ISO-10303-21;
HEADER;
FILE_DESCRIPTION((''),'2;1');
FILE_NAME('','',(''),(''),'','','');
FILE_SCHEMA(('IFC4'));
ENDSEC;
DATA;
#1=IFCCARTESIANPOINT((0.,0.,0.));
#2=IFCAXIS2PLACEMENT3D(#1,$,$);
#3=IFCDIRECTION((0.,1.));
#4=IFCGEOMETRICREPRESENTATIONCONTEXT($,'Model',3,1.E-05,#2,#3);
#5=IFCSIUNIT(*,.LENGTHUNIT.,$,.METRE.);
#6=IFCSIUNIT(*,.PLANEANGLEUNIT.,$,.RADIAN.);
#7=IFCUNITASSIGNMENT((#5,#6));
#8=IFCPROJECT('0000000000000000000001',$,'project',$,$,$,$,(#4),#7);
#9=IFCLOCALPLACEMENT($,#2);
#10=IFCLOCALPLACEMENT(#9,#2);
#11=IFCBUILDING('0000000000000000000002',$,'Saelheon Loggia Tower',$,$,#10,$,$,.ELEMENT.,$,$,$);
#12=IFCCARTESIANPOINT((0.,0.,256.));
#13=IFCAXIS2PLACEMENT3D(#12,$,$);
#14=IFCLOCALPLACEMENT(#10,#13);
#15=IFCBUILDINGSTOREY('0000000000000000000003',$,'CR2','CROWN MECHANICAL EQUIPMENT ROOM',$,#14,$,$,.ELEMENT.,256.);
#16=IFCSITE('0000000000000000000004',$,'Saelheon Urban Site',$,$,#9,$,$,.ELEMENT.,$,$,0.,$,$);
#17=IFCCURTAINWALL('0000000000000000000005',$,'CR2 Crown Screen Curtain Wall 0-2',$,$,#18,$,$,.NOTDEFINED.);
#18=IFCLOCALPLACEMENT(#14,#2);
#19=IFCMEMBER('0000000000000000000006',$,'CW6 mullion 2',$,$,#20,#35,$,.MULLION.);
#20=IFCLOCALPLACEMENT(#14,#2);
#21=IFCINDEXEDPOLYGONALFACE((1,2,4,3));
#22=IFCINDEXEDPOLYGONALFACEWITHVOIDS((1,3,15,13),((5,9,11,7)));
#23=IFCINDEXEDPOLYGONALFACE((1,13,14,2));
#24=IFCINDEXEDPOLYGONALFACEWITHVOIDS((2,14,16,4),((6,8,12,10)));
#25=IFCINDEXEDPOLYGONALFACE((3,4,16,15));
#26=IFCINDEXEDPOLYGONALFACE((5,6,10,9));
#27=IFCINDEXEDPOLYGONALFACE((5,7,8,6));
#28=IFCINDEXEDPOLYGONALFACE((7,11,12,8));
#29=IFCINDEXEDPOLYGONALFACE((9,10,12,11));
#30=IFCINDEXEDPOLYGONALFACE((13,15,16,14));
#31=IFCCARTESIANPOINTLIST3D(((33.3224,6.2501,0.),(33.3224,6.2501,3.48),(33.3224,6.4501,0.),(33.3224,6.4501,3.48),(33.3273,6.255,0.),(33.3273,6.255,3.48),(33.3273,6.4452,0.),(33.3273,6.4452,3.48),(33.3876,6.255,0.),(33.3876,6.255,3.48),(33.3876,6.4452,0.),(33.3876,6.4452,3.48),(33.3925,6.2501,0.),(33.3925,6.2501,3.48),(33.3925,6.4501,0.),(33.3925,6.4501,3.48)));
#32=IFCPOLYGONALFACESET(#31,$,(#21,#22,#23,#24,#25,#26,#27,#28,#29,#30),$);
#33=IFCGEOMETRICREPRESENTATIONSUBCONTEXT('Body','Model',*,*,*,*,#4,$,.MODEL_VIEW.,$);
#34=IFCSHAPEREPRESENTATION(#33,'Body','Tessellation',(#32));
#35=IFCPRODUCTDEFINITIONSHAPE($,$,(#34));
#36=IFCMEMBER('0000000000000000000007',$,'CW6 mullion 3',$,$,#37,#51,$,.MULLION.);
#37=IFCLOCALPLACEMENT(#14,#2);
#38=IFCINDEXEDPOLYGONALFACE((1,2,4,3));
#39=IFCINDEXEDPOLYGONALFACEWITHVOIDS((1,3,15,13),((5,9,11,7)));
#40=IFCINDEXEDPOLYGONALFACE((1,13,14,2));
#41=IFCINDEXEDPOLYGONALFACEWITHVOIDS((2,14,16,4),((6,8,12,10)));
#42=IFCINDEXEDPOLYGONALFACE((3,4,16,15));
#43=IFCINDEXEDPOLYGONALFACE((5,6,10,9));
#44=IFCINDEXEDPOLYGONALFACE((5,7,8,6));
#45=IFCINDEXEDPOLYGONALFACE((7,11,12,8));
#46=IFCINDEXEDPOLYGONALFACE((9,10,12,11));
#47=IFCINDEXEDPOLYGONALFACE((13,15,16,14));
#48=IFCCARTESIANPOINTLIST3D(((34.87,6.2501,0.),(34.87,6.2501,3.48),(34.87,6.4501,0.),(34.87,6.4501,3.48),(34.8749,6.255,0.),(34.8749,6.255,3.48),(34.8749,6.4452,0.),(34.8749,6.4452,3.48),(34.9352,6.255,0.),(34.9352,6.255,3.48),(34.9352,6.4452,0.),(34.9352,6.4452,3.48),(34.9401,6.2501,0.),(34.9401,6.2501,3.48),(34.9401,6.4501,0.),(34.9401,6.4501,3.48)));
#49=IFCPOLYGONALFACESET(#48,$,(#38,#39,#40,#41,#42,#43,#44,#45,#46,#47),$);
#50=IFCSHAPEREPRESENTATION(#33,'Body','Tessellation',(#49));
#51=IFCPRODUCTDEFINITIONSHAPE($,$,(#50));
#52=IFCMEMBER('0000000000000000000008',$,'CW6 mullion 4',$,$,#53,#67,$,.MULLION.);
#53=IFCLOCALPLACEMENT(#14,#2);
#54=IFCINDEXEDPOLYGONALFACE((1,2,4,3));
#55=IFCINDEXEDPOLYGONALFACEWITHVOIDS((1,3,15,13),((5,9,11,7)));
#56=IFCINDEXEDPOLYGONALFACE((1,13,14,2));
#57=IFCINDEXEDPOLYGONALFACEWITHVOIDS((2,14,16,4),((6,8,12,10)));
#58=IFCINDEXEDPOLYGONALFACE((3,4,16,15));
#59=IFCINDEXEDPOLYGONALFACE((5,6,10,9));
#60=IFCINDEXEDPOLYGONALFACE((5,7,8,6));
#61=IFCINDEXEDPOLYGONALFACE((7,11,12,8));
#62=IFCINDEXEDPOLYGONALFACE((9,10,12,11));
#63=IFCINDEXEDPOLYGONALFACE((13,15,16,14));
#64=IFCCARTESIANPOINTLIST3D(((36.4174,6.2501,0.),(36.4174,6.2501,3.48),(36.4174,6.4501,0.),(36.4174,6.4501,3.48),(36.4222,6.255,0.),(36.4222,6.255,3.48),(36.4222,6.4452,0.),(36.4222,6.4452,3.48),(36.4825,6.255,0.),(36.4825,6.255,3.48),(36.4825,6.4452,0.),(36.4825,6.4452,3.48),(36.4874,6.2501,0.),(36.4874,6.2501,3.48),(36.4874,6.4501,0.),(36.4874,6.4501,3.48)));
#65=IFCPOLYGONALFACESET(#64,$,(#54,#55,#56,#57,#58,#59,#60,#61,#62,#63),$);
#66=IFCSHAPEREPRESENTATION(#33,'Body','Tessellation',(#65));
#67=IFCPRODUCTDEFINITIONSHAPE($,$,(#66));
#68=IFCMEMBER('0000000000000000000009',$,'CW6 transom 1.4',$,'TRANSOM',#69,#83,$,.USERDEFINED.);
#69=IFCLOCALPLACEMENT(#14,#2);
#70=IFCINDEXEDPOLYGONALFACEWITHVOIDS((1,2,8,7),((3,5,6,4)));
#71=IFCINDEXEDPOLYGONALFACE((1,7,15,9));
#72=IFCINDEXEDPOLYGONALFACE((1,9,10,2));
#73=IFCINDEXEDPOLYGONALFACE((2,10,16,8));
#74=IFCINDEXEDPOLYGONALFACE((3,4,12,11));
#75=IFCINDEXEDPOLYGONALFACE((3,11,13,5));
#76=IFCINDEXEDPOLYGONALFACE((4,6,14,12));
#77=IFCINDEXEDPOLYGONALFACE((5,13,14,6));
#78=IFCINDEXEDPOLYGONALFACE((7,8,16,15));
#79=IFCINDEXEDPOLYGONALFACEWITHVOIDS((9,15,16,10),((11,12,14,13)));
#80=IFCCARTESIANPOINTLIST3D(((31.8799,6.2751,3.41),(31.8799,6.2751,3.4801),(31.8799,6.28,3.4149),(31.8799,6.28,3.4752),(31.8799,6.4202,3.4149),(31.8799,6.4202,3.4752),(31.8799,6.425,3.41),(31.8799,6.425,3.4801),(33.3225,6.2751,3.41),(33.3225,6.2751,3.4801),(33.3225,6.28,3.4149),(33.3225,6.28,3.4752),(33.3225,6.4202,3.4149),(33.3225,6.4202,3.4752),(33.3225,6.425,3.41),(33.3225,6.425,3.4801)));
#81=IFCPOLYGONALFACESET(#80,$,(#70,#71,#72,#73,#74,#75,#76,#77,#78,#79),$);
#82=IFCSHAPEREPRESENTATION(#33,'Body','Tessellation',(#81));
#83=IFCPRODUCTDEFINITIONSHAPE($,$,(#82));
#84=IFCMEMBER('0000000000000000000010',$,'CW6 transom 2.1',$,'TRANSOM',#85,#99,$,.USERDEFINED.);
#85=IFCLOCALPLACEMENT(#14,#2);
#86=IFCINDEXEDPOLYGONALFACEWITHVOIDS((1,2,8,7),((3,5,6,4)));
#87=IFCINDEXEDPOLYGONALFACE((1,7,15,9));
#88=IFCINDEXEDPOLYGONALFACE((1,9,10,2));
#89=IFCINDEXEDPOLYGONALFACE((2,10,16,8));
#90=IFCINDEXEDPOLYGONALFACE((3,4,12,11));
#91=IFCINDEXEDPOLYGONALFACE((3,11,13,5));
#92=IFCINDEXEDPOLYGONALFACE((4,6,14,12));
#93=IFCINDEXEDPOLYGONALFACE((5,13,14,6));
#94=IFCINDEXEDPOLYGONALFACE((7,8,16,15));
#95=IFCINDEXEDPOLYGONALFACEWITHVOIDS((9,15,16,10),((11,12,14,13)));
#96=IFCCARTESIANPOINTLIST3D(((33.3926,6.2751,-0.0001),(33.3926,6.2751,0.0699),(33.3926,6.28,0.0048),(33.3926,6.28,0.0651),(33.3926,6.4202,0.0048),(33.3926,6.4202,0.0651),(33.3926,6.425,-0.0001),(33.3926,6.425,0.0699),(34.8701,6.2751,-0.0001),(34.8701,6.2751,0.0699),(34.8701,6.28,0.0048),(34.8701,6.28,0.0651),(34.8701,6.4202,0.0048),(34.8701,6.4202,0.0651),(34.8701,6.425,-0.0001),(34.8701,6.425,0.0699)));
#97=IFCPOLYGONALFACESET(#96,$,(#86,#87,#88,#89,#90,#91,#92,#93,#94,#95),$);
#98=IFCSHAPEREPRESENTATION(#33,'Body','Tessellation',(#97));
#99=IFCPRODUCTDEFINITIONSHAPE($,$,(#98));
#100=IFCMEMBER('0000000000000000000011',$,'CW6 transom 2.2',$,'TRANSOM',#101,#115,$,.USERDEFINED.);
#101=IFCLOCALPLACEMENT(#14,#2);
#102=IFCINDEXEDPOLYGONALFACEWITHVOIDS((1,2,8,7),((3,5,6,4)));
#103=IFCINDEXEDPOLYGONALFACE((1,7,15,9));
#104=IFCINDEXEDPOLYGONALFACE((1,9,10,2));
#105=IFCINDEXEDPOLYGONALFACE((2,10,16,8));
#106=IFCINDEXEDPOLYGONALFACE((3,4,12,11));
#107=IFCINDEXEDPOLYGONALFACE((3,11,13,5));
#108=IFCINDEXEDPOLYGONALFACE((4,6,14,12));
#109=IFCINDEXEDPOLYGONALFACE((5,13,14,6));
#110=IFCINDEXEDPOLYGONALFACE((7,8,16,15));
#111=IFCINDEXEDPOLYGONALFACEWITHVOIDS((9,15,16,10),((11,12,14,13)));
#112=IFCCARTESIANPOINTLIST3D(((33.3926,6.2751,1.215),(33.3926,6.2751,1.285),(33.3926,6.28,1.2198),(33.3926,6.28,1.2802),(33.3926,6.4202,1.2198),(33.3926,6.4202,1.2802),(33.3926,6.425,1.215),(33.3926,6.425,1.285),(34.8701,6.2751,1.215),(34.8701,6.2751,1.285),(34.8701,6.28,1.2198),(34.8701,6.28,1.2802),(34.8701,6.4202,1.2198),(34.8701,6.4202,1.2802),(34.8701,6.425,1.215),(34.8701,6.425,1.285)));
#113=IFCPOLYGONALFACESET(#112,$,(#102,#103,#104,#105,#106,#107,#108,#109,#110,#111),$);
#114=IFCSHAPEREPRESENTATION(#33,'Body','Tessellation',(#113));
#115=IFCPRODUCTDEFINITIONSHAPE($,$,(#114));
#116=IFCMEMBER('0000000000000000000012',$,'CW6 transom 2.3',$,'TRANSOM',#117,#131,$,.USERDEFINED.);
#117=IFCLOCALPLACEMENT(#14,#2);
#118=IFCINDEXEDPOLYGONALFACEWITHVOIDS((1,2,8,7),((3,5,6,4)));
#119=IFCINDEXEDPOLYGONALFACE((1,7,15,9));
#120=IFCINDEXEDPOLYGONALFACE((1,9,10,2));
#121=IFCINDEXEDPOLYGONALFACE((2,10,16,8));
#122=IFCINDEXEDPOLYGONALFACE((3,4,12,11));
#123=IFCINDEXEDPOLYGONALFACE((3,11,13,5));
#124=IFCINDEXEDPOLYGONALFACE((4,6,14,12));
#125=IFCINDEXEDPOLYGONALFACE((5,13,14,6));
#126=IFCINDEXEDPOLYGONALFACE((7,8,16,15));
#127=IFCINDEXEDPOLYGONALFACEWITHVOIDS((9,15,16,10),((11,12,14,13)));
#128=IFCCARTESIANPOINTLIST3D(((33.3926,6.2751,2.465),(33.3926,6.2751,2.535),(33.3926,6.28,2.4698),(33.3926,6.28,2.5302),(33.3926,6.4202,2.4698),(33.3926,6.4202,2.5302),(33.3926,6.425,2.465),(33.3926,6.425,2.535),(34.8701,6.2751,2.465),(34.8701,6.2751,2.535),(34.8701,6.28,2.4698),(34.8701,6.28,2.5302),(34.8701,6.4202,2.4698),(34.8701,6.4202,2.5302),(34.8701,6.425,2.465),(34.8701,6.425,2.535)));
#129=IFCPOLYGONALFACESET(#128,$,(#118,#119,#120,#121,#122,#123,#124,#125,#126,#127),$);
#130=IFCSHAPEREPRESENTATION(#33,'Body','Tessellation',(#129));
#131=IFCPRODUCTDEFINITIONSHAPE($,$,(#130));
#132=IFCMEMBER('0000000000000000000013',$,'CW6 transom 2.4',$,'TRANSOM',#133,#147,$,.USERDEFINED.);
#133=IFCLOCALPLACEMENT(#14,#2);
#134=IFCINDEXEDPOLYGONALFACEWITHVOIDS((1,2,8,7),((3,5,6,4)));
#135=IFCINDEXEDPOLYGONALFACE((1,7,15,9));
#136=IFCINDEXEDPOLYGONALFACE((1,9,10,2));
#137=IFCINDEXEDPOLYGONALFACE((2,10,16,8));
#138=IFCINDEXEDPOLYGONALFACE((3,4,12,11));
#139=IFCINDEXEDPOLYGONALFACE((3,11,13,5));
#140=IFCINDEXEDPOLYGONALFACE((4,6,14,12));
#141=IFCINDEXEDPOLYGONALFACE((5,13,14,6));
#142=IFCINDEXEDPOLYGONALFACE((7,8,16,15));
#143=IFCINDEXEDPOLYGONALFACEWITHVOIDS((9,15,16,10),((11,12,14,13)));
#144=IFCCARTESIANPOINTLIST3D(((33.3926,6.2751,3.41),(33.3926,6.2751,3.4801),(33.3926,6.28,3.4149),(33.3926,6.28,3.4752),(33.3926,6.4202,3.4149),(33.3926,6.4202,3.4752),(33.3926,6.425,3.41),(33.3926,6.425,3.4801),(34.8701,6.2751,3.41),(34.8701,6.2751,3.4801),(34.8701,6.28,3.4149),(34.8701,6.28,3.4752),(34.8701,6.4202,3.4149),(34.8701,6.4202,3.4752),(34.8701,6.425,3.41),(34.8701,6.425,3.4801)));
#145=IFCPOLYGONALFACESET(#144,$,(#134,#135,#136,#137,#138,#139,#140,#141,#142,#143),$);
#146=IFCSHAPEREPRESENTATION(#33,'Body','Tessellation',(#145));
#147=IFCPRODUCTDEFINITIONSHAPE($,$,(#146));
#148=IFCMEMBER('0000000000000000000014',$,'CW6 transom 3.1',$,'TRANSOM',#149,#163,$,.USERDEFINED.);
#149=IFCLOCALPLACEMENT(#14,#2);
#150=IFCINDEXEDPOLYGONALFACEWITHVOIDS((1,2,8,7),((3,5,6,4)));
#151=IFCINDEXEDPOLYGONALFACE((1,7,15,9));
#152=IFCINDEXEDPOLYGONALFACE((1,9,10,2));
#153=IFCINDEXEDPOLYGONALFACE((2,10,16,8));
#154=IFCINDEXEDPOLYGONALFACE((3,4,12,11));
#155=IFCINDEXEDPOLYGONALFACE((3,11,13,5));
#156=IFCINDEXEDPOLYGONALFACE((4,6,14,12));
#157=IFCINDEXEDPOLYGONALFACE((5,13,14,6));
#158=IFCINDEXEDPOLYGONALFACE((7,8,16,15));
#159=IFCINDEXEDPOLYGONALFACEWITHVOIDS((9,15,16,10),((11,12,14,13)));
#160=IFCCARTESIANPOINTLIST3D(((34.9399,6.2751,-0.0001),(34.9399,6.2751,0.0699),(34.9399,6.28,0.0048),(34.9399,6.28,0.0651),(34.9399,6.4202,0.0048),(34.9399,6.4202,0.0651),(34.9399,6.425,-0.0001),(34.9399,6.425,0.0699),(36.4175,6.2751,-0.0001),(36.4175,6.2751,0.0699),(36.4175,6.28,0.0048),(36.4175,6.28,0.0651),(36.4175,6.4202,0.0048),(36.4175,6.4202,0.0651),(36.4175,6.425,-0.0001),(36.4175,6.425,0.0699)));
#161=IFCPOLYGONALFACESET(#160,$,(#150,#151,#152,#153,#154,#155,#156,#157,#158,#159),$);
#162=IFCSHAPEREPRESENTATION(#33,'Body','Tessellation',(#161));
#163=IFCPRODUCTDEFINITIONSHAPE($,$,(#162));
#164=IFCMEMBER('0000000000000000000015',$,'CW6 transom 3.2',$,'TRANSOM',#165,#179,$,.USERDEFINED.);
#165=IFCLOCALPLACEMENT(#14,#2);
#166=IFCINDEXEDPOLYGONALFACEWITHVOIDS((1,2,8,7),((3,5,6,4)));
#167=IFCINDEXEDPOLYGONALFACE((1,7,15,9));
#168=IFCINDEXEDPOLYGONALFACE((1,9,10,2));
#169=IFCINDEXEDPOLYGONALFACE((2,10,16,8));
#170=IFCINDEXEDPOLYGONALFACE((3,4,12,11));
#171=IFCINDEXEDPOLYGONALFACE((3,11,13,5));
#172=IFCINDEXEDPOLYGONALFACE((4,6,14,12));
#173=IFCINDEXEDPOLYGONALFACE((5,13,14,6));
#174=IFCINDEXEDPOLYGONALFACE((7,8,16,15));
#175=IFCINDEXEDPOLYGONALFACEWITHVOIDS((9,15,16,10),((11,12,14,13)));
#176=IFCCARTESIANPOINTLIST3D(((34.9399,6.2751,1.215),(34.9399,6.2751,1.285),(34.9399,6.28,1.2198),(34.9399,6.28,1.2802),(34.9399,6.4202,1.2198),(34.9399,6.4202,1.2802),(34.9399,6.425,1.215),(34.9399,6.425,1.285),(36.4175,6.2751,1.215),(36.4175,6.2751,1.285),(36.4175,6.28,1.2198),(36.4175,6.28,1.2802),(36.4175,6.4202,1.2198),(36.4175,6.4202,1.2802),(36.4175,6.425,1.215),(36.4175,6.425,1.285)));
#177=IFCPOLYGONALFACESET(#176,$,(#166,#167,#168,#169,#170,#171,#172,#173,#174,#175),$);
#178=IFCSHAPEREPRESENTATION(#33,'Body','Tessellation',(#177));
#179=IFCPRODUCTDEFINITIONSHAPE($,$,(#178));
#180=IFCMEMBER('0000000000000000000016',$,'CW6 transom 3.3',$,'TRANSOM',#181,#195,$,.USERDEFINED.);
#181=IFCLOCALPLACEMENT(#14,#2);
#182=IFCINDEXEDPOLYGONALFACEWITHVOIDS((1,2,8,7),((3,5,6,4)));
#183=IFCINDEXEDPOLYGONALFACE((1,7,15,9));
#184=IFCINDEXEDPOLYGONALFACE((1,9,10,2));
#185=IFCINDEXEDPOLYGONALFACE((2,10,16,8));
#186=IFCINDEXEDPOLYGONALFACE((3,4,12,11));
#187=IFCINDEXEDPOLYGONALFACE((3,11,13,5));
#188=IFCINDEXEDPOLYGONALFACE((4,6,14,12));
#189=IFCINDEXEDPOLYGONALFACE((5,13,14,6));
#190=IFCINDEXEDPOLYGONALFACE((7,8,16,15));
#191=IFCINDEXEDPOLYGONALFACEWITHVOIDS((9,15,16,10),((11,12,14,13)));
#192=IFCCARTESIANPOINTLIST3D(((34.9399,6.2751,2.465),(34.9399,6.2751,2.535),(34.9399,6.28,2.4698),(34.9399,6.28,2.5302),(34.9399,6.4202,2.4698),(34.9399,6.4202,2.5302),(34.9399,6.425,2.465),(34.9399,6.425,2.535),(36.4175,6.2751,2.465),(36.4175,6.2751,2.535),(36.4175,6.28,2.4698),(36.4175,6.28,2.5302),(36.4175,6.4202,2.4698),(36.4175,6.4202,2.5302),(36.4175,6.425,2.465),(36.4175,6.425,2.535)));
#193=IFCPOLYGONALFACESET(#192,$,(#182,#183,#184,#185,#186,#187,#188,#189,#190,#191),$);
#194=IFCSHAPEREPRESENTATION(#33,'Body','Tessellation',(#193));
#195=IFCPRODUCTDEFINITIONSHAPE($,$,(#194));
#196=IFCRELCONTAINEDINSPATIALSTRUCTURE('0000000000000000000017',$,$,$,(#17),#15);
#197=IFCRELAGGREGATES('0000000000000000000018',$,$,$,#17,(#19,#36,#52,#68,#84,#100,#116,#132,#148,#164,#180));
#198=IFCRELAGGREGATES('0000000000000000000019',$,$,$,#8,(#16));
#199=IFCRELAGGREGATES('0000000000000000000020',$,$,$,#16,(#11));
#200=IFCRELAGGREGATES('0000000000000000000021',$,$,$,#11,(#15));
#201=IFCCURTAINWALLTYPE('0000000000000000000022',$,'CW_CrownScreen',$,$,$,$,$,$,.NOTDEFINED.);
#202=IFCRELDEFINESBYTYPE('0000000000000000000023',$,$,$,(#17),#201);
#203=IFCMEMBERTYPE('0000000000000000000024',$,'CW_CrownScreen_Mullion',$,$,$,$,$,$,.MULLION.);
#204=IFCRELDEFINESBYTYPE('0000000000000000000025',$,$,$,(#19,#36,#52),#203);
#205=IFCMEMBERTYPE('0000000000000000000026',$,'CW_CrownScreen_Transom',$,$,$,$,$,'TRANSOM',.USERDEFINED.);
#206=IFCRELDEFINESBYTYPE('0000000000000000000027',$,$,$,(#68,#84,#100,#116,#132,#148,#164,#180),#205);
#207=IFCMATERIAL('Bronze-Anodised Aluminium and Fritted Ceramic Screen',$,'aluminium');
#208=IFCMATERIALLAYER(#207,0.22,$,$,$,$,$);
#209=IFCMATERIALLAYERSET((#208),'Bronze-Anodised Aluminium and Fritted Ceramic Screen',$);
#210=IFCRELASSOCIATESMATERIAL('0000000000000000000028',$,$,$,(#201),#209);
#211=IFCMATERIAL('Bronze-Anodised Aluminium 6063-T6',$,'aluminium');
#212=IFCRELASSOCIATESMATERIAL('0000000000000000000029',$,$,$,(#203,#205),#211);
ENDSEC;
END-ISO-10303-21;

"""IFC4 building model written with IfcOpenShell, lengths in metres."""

from ifc_helpers import new_model, si_unit, direction, frame, origin, origin_2d, place, context, subcontext, project, spatial, hollow_rectangle, extrude, source, transform, mapped, material, layer, layer_set, material_profile, profile_set, type_object, element, aggregate, save


model = new_model("IFC4")

# Units and contexts
model_context = context("Model", 3, precision=1e-05, world=origin(), true_north=direction((0.0, 1.0)))
body_context = subcontext(model_context, "Body", "Model", "MODEL_VIEW")
ifc_project = project(units=[si_unit("LENGTHUNIT", "METRE"), si_unit("PLANEANGLEUNIT", "RADIAN")], contexts=[model_context])

# Site, building, storey
site_placement = place(None, origin())
site = spatial("IfcSite", under=ifc_project, at=site_placement, Name="Saelheon Urban Site", CompositionType="ELEMENT", RefElevation=0.0)
building_placement = place(site_placement, origin())
building = spatial("IfcBuilding", under=site, at=building_placement, Name="Saelheon Loggia Tower", CompositionType="ELEMENT")
storey_placement = place(building_placement, frame((0.0, 0.0, 256.0)))
storey = spatial("IfcBuildingStorey", under=building, at=storey_placement, Name="CR2", Description="CROWN MECHANICAL EQUIPMENT ROOM", CompositionType="ELEMENT", Elevation=256.0)

# Curtain wall, members
ifc_material_1 = material(Name="Bronze-Anodised Aluminium and Fritted Ceramic Screen", Category="aluminium")
ifc_layer_1 = layer(ifc_material_1, 0.22)
ifc_layer_set_1 = layer_set([ifc_layer_1], Name="Bronze-Anodised Aluminium and Fritted Ceramic Screen")
curtain_wall_type = type_object("IfcCurtainWallType", Name="CW_CrownScreen", PredefinedType="NOTDEFINED", material=ifc_layer_set_1)
curtain_wall_placement = place(storey_placement, origin())
curtain_wall = element("IfcCurtainWall", 1, at=curtain_wall_placement, inside=storey, type_object=curtain_wall_type, Name="CR2 Crown Screen Curtain Wall 0-2", PredefinedType="NOTDEFINED")
ifc_material_2 = material(Name="Bronze-Anodised Aluminium 6063-T6", Category="aluminium")
ifc_material_profile_1 = material_profile(ifc_material_2, hollow_rectangle(XDim=0.0701, YDim=0.2, WallThickness=0.0049, at=origin_2d()), Name="RHS-200x70x5")
ifc_profile_set_1 = profile_set([ifc_material_profile_1], Name="Bronze-Anodised Aluminium 6063-T6")
member_type_1 = type_object("IfcMemberType", Name="CW_CrownScreen_Mullion", PredefinedType="MULLION", material=ifc_profile_set_1)
shared_shape_1 = source(origin(), body_context, "Body", "SweptSolid", [
    extrude(hollow_rectangle(XDim=0.0701, YDim=0.2, WallThickness=0.0049, at=origin_2d()), origin(), (0.0, 0.0, 1.0), 3.48),
])
member_1_placement = place(storey_placement, frame((33.3574, 6.3501, 0.0), z_axis=(0.0, 0.0, 1.0), x_axis=(1.0, 0.0, 0.0)))
member_1 = element("IfcMember", 2, at=member_1_placement, type_object=member_type_1, Name="CW6 mullion 2", PredefinedType="MULLION", context=body_context, shape_type="MappedRepresentation", body=[
    mapped(shared_shape_1, transform((0.0, 0.0, 0.0), scale=1.0)),
])
member_2_placement = place(storey_placement, frame((34.905, 6.3501, 0.0), z_axis=(0.0, 0.0, 1.0), x_axis=(1.0, 0.0, 0.0)))
member_2 = element("IfcMember", 3, at=member_2_placement, type_object=member_type_1, Name="CW6 mullion 3", PredefinedType="MULLION", context=body_context, shape_type="MappedRepresentation", body=[
    mapped(shared_shape_1, transform((0.0, 0.0, 0.0), scale=1.0)),
])
member_3_placement = place(storey_placement, frame((36.4524, 6.3501, 0.0), z_axis=(0.0, 0.0, 1.0), x_axis=(1.0, 0.0, 0.0)))
member_3 = element("IfcMember", 4, at=member_3_placement, type_object=member_type_1, Name="CW6 mullion 4", PredefinedType="MULLION", context=body_context, shape_type="MappedRepresentation", body=[
    mapped(shared_shape_1, transform((0.0, 0.0, 0.0), scale=1.0)),
])
ifc_material_profile_2 = material_profile(ifc_material_2, hollow_rectangle(XDim=0.0701, YDim=0.1499, WallThickness=0.0049, at=origin_2d()), Name="RHS-150x70x5")
ifc_profile_set_2 = profile_set([ifc_material_profile_2], Name="Bronze-Anodised Aluminium 6063-T6")
member_type_2 = type_object("IfcMemberType", Name="CW_CrownScreen_Transom", ElementType="TRANSOM", PredefinedType="USERDEFINED", material=ifc_profile_set_2)
shared_shape_2 = source(origin(), body_context, "Body", "SweptSolid", [
    extrude(hollow_rectangle(XDim=0.0701, YDim=0.1499, WallThickness=0.0049, at=origin_2d()), origin(), (0.0, 0.0, 1.0), 1.4426),
])
member_4_placement = place(storey_placement, frame((31.8799, 6.3501, 3.4451), z_axis=(1.0, 0.0, 0.0), x_axis=(0.0, 0.0, 1.0)))
member_4 = element("IfcMember", 5, at=member_4_placement, type_object=member_type_2, Name="CW6 transom 1.4", ObjectType="TRANSOM", PredefinedType="USERDEFINED", context=body_context, shape_type="MappedRepresentation", body=[
    mapped(shared_shape_2, transform((0.0, 0.0, 0.0), scale=1.0)),
])
shared_shape_3 = source(origin(), body_context, "Body", "SweptSolid", [
    extrude(hollow_rectangle(XDim=0.0701, YDim=0.1499, WallThickness=0.0049, at=origin_2d()), origin(), (0.0, 0.0, 1.0), 1.4775),
])
member_5_placement = place(storey_placement, frame((33.3926, 6.3501, 0.0349), z_axis=(1.0, 0.0, 0.0), x_axis=(0.0, 0.0, 1.0)))
member_5 = element("IfcMember", 6, at=member_5_placement, type_object=member_type_2, Name="CW6 transom 2.1", ObjectType="TRANSOM", PredefinedType="USERDEFINED", context=body_context, shape_type="MappedRepresentation", body=[
    mapped(shared_shape_3, transform((0.0, 0.0, 0.0), scale=1.0)),
])
member_6_placement = place(storey_placement, frame((33.3926, 6.3501, 1.25), z_axis=(1.0, 0.0, 0.0), x_axis=(0.0, 0.0, 1.0)))
member_6 = element("IfcMember", 7, at=member_6_placement, type_object=member_type_2, Name="CW6 transom 2.2", ObjectType="TRANSOM", PredefinedType="USERDEFINED", context=body_context, shape_type="MappedRepresentation", body=[
    mapped(shared_shape_3, transform((0.0, 0.0, 0.0), scale=1.0)),
])
member_7_placement = place(storey_placement, frame((33.3926, 6.3501, 2.5), z_axis=(1.0, 0.0, 0.0), x_axis=(0.0, 0.0, 1.0)))
member_7 = element("IfcMember", 8, at=member_7_placement, type_object=member_type_2, Name="CW6 transom 2.3", ObjectType="TRANSOM", PredefinedType="USERDEFINED", context=body_context, shape_type="MappedRepresentation", body=[
    mapped(shared_shape_3, transform((0.0, 0.0, 0.0), scale=1.0)),
])
member_8_placement = place(storey_placement, frame((33.3926, 6.3501, 3.4451), z_axis=(1.0, 0.0, 0.0), x_axis=(0.0, 0.0, 1.0)))
member_8 = element("IfcMember", 9, at=member_8_placement, type_object=member_type_2, Name="CW6 transom 2.4", ObjectType="TRANSOM", PredefinedType="USERDEFINED", context=body_context, shape_type="MappedRepresentation", body=[
    mapped(shared_shape_3, transform((0.0, 0.0, 0.0), scale=1.0)),
])
member_9_placement = place(storey_placement, frame((34.9399, 6.3501, 0.0349), z_axis=(1.0, 0.0, 0.0), x_axis=(0.0, 0.0, 1.0)))
member_9 = element("IfcMember", 10, at=member_9_placement, type_object=member_type_2, Name="CW6 transom 3.1", ObjectType="TRANSOM", PredefinedType="USERDEFINED", context=body_context, shape_type="MappedRepresentation", body=[
    mapped(shared_shape_3, transform((0.0, 0.0, 0.0), scale=1.0)),
])
member_10_placement = place(storey_placement, frame((34.9399, 6.3501, 1.25), z_axis=(1.0, 0.0, 0.0), x_axis=(0.0, 0.0, 1.0)))
member_10 = element("IfcMember", 11, at=member_10_placement, type_object=member_type_2, Name="CW6 transom 3.2", ObjectType="TRANSOM", PredefinedType="USERDEFINED", context=body_context, shape_type="MappedRepresentation", body=[
    mapped(shared_shape_3, transform((0.0, 0.0, 0.0), scale=1.0)),
])
member_11_placement = place(storey_placement, frame((34.9399, 6.3501, 2.5), z_axis=(1.0, 0.0, 0.0), x_axis=(0.0, 0.0, 1.0)))
member_11 = element("IfcMember", 12, at=member_11_placement, type_object=member_type_2, Name="CW6 transom 3.3", ObjectType="TRANSOM", PredefinedType="USERDEFINED", context=body_context, shape_type="MappedRepresentation", body=[
    mapped(shared_shape_3, transform((0.0, 0.0, 0.0), scale=1.0)),
])
aggregate(curtain_wall, [member_1, member_2, member_3, member_4, member_5, member_6, member_7, member_8, member_9, member_10, member_11])

save(model, "model.ifc")
